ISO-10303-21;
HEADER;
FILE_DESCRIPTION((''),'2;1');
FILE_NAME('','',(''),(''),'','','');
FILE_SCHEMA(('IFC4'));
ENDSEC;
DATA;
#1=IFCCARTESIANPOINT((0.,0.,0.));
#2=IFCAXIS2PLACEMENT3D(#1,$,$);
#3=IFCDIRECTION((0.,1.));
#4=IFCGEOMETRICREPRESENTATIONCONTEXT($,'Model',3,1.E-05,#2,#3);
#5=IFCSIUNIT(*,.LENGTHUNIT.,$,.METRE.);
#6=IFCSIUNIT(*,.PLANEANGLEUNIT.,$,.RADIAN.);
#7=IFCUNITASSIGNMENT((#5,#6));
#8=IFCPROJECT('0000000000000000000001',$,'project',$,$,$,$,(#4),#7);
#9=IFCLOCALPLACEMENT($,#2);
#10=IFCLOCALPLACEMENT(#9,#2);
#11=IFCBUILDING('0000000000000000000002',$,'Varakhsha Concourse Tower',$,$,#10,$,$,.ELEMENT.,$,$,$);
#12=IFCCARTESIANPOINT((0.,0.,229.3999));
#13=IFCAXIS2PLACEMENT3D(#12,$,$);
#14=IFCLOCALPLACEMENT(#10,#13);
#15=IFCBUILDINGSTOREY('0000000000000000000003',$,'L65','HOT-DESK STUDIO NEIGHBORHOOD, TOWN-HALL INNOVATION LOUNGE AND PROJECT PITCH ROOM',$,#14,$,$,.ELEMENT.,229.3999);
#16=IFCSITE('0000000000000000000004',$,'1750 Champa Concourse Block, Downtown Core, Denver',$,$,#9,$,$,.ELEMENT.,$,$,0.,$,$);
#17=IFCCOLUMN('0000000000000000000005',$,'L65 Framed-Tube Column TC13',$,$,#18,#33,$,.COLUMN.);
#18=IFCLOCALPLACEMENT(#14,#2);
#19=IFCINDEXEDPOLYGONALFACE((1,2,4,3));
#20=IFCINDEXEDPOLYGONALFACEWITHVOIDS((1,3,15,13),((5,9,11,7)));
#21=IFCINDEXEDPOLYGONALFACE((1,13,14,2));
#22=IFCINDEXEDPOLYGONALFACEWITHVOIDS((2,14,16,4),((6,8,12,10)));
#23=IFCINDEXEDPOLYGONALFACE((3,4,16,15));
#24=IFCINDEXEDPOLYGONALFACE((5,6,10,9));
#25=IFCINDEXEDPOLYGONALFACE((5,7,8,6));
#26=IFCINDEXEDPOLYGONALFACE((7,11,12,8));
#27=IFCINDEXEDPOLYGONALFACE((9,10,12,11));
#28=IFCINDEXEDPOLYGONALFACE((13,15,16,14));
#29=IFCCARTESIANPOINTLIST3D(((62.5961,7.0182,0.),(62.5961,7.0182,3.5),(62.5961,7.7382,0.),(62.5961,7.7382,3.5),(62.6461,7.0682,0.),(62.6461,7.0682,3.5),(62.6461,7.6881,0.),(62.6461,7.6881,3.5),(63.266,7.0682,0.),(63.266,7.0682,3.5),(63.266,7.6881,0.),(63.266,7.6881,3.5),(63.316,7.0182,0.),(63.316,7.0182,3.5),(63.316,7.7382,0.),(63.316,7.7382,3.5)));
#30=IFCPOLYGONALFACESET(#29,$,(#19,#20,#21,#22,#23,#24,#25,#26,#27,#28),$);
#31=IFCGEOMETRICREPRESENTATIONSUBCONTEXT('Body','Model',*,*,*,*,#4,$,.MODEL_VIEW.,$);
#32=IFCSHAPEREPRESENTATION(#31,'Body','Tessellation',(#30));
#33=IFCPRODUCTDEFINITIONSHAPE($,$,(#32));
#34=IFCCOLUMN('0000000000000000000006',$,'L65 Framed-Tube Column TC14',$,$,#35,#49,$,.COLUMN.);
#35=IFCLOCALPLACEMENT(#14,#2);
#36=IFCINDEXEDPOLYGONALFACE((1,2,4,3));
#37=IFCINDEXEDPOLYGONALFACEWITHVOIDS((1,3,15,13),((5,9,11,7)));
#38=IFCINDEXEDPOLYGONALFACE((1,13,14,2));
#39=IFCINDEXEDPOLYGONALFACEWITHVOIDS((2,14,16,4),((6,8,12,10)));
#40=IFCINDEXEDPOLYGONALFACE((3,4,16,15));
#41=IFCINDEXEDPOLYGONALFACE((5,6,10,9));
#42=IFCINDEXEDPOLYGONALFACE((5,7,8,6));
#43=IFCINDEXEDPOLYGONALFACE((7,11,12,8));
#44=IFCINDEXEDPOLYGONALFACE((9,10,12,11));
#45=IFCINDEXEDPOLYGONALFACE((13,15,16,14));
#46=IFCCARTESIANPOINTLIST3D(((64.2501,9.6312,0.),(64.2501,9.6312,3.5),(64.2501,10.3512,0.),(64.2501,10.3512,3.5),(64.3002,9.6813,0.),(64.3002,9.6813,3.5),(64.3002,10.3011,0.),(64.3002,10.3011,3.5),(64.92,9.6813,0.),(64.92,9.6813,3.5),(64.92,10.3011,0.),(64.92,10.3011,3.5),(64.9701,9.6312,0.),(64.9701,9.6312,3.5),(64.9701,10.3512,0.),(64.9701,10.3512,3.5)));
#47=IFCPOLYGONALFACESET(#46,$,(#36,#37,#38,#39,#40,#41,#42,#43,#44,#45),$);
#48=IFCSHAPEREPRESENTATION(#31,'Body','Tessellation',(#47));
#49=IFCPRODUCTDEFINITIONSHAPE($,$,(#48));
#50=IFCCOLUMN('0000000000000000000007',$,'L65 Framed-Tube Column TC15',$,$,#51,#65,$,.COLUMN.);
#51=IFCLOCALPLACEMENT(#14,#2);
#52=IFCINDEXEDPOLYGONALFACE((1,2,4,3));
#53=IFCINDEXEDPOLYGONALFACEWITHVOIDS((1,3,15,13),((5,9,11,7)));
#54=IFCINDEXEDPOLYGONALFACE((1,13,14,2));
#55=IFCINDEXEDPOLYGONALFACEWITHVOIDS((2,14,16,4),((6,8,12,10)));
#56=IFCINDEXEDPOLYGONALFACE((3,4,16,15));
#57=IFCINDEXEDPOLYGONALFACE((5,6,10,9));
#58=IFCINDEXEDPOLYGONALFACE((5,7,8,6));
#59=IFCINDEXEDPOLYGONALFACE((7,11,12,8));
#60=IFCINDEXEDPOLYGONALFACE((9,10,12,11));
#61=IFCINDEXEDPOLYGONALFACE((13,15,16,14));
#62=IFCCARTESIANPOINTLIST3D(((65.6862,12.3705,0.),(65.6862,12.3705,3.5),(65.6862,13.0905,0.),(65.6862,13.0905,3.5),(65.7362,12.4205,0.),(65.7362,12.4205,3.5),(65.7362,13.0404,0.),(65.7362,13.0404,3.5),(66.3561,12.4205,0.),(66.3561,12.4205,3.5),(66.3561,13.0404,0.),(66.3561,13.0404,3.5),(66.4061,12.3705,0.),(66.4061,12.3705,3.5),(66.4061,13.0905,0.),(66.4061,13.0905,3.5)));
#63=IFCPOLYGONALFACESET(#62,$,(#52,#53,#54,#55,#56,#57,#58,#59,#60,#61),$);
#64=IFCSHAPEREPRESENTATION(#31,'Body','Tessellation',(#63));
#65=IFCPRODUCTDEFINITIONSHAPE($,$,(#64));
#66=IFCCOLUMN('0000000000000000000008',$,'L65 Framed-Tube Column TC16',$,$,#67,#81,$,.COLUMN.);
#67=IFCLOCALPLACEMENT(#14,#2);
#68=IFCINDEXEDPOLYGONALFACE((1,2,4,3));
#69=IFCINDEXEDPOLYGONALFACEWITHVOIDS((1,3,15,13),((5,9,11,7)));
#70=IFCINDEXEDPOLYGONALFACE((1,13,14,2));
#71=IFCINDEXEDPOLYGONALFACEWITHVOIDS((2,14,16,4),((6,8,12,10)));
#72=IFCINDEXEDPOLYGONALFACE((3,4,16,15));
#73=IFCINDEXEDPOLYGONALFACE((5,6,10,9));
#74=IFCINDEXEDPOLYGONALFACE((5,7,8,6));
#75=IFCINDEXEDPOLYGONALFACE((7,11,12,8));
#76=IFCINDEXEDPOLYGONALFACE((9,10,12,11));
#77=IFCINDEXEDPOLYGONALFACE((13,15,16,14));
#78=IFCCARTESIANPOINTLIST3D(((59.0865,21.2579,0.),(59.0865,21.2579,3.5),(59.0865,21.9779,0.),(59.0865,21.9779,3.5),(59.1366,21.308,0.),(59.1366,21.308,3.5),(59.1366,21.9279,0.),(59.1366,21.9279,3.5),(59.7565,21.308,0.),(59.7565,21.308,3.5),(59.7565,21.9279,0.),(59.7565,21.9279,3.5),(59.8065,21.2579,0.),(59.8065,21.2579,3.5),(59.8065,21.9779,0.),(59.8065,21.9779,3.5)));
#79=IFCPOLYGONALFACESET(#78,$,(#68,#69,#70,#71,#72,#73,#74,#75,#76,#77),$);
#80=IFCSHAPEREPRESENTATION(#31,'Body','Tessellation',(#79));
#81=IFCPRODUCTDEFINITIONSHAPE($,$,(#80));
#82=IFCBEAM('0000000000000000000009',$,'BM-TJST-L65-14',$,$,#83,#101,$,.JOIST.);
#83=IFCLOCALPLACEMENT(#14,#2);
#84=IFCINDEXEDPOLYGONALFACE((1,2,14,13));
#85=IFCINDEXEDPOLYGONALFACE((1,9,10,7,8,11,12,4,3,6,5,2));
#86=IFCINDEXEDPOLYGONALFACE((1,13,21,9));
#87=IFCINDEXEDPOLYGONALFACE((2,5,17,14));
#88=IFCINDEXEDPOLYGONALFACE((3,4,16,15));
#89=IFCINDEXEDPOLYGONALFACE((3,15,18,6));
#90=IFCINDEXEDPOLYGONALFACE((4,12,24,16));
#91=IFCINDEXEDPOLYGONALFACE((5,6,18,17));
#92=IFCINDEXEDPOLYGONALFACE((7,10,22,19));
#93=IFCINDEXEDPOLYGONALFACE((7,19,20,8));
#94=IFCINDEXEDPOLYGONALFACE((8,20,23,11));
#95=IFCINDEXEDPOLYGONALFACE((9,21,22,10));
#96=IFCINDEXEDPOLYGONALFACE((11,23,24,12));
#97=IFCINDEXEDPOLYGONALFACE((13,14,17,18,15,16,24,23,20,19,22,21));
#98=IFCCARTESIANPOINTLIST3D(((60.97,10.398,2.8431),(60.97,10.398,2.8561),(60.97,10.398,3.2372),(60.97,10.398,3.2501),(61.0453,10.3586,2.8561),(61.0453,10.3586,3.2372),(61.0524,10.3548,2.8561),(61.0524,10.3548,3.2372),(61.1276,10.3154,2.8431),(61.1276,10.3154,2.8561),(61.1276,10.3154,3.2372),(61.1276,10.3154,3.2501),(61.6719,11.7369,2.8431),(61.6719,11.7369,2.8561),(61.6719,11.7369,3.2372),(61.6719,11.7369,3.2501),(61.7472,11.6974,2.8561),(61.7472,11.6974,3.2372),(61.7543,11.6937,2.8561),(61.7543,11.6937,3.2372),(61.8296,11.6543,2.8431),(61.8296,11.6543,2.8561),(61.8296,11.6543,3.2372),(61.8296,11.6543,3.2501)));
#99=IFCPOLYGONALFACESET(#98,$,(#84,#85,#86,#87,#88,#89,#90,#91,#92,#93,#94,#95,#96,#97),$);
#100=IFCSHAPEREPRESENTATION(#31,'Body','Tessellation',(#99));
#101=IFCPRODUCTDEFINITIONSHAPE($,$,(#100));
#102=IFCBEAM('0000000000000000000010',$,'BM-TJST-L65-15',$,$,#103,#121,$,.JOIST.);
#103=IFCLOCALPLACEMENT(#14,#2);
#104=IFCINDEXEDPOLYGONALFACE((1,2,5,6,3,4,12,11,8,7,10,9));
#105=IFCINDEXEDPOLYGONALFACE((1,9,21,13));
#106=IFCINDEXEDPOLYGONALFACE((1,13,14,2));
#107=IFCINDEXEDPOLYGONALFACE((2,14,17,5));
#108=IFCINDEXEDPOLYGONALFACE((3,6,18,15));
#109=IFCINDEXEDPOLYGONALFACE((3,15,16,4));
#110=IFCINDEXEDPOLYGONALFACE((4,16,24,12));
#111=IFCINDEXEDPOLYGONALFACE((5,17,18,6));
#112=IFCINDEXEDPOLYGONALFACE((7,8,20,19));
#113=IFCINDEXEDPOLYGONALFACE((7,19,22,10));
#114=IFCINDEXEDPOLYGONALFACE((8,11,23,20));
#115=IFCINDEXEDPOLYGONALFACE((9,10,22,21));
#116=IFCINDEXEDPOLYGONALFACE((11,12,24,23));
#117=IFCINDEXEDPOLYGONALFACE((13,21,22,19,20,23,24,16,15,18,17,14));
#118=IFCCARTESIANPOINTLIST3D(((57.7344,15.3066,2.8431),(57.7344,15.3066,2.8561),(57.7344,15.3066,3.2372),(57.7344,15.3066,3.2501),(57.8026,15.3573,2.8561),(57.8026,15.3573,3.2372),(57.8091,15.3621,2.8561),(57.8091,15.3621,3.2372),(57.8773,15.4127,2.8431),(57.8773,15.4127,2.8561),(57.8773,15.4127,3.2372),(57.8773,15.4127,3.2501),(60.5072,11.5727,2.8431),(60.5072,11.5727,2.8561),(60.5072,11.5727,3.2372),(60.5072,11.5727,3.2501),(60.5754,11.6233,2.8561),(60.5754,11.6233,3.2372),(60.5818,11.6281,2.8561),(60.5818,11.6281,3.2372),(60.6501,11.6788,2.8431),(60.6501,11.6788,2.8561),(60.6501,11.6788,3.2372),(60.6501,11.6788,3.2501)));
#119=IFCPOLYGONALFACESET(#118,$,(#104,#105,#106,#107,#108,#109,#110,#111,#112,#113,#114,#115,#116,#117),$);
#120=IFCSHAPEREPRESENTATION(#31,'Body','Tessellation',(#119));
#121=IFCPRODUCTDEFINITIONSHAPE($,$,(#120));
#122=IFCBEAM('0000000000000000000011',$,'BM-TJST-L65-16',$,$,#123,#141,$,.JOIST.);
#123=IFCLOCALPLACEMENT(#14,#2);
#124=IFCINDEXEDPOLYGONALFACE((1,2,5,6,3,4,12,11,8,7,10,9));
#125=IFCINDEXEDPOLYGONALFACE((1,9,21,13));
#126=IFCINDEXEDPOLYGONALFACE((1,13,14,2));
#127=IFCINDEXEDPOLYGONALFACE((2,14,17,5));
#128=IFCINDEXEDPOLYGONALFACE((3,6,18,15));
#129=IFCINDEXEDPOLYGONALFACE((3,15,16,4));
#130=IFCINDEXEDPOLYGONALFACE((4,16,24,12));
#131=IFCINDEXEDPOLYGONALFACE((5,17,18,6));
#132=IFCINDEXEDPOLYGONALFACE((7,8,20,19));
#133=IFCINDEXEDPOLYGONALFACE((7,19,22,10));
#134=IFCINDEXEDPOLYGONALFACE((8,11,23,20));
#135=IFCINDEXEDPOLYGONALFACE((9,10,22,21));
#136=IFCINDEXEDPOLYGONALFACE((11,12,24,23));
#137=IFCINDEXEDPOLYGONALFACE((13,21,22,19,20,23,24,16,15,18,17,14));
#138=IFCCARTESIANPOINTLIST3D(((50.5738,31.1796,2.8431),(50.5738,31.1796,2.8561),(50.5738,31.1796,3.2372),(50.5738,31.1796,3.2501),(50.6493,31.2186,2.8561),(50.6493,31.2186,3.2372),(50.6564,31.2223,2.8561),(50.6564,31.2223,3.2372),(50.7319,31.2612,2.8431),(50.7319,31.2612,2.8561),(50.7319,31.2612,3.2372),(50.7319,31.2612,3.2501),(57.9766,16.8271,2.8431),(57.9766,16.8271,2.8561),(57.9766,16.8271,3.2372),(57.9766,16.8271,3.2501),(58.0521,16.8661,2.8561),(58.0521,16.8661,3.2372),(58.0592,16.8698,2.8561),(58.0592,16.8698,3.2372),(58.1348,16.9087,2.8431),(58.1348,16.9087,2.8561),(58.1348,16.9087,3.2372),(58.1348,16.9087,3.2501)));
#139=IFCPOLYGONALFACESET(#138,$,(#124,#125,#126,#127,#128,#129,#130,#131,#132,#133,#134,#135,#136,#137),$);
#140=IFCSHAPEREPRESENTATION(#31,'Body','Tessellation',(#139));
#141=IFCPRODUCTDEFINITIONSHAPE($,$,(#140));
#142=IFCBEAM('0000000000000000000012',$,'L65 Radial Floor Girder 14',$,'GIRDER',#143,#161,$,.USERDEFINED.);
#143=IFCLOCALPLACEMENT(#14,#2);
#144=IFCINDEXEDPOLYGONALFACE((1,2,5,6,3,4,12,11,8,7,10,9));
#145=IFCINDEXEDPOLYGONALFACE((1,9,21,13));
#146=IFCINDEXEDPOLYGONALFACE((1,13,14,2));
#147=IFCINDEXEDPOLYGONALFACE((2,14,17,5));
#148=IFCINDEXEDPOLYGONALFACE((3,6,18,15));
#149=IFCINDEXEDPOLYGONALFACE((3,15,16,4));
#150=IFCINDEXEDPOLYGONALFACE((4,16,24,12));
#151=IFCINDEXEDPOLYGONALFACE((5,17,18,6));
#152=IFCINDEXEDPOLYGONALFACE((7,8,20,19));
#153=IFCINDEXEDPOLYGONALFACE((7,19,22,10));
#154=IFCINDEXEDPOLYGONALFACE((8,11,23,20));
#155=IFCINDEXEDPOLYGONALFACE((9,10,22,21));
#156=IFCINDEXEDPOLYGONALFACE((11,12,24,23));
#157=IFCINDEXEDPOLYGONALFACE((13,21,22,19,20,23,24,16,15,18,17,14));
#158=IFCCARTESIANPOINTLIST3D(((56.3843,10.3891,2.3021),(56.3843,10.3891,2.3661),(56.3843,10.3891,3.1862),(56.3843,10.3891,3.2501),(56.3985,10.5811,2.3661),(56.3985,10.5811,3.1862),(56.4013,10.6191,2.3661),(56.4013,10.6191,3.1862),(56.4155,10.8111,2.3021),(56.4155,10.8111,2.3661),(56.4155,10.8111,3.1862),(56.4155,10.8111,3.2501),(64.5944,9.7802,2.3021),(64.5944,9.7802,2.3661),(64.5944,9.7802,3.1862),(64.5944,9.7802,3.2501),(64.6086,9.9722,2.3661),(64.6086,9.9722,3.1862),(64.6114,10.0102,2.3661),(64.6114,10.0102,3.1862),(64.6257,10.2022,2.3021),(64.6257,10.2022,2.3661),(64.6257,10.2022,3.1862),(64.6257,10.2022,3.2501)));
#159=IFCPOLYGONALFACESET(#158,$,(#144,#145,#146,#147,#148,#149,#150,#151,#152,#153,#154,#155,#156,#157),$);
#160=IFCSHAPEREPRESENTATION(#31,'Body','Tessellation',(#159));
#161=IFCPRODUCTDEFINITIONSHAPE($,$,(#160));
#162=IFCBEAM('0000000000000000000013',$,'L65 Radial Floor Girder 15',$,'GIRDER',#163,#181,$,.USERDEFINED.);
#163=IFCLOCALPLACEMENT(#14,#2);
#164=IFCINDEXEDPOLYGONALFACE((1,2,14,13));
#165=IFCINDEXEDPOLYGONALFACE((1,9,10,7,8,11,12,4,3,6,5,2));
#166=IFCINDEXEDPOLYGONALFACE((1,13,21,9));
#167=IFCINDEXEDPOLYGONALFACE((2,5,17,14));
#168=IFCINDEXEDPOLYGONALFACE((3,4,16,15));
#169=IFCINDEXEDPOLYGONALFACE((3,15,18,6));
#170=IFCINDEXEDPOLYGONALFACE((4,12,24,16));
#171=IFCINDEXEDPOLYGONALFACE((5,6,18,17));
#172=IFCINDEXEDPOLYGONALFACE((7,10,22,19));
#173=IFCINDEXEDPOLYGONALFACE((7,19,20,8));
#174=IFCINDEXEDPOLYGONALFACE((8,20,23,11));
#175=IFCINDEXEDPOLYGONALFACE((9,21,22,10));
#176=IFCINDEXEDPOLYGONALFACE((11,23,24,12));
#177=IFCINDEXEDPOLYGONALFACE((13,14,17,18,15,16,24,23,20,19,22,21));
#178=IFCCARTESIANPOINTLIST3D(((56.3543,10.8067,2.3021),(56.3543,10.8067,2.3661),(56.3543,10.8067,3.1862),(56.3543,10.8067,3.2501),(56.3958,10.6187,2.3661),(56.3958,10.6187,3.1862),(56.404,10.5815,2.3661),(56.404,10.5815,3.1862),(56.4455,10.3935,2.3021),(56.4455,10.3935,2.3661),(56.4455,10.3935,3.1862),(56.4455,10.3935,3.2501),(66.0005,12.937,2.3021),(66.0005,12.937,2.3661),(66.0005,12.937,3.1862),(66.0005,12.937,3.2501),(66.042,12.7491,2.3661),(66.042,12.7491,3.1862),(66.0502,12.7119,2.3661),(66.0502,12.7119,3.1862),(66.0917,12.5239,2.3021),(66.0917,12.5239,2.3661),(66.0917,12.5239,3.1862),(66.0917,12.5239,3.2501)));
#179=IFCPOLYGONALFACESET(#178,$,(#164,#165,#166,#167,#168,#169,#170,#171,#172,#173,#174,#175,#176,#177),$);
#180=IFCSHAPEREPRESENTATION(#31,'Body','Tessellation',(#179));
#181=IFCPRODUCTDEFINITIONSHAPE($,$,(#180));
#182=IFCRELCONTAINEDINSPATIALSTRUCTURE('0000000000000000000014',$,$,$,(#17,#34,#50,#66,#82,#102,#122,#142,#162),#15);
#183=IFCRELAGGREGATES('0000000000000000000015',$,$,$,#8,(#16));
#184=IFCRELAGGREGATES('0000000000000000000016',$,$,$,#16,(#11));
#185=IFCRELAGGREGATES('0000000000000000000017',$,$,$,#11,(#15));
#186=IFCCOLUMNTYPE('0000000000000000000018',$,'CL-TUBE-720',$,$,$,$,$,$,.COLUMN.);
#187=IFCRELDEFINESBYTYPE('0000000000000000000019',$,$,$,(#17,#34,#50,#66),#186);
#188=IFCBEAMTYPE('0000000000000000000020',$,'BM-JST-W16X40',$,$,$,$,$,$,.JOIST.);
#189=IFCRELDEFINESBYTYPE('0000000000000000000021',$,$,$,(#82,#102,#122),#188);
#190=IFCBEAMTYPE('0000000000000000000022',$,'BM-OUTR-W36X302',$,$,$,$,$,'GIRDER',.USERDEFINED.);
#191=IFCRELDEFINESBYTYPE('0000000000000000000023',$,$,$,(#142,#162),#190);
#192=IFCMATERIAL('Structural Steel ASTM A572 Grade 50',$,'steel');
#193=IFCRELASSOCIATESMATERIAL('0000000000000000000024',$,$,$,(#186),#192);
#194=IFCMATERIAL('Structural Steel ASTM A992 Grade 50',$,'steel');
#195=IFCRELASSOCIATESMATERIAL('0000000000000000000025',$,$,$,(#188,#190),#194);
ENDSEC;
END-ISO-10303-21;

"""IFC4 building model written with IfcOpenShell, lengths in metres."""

from ifc_helpers import new_model, si_unit, direction, frame, origin, origin_2d, place, context, subcontext, project, spatial, hollow_rectangle, i_section, extrude, material, material_profile, profile_set, type_object, element, save


model = new_model("IFC4")

# Units and contexts
model_context = context("Model", 3, precision=1e-05, world=origin(), true_north=direction((0.0, 1.0)))
body_context = subcontext(model_context, "Body", "Model", "MODEL_VIEW")
ifc_project = project(units=[si_unit("LENGTHUNIT", "METRE"), si_unit("PLANEANGLEUNIT", "RADIAN")], contexts=[model_context])

# Site, building, storey
site_placement = place(None, origin())
site = spatial("IfcSite", under=ifc_project, at=site_placement, Name="1750 Champa Concourse Block, Downtown Core, Denver", CompositionType="ELEMENT", RefElevation=0.0)
building_placement = place(site_placement, origin())
building = spatial("IfcBuilding", under=site, at=building_placement, Name="Varakhsha Concourse Tower", CompositionType="ELEMENT")
storey_placement = place(building_placement, frame((0.0, 0.0, 229.3999)))
storey = spatial("IfcBuildingStorey", under=building, at=storey_placement, Name="L65", Description="HOT-DESK STUDIO NEIGHBORHOOD, TOWN-HALL INNOVATION LOUNGE AND PROJECT PITCH ROOM", CompositionType="ELEMENT", Elevation=229.3999)

# Columns
ifc_material_1 = material(Name="Structural Steel ASTM A572 Grade 50", Category="steel")
ifc_material_profile_1 = material_profile(ifc_material_1, hollow_rectangle(XDim=0.72, YDim=0.72, WallThickness=0.05, at=origin_2d()), Name="BOX 720x720x50")
ifc_profile_set_1 = profile_set([ifc_material_profile_1], Name="Structural Steel ASTM A572 Grade 50")
column_type = type_object("IfcColumnType", Name="CL-TUBE-720", PredefinedType="COLUMN", material=ifc_profile_set_1)
for number, where, z_axis, x_axis, name in (
    (1, (62.9561, 7.3782, 0.0), (0.0, 0.0, 1.0), (1.0, 0.0, 0.0), "L65 Framed-Tube Column TC13"),
    (2, (64.6101, 9.9912, 0.0), (0.0, 0.0, 1.0), (1.0, 0.0, 0.0), "L65 Framed-Tube Column TC14"),
    (3, (66.0461, 12.7305, 0.0), (0.0, 0.0, 1.0), (1.0, 0.0, 0.0), "L65 Framed-Tube Column TC15"),
    (4, (59.4465, 21.6179, 0.0), (0.0, 0.0, 1.0), (1.0, 0.0, 0.0), "L65 Framed-Tube Column TC16"),
):
    element("IfcColumn", number, at=place(storey_placement, frame(where, z_axis=z_axis, x_axis=x_axis)), inside=storey, type_object=column_type, Name=name, PredefinedType="COLUMN", context=body_context, shape_type="SweptSolid", body=[
        extrude(hollow_rectangle(XDim=0.72, YDim=0.72, WallThickness=0.05, at=origin_2d()), origin(), (0.0, 0.0, 1.0), 3.5),
    ])

# Beams
ifc_material_2 = material(Name="Structural Steel ASTM A992 Grade 50", Category="steel")
ifc_material_profile_2 = material_profile(ifc_material_2, i_section(OverallWidth=0.178, OverallDepth=0.407, WebThickness=0.0081, FlangeThickness=0.0129, at=origin_2d()), Name="W16X40")
ifc_profile_set_2 = profile_set([ifc_material_profile_2], Name="Structural Steel ASTM A992 Grade 50")
beam_type_1 = type_object("IfcBeamType", Name="BM-JST-W16X40", PredefinedType="JOIST", material=ifc_profile_set_2)
beam_1_placement = place(storey_placement, frame((61.0488, 10.3567, 3.0466), z_axis=(0.464315, 0.88567, 0.0), x_axis=(-0.88567, 0.464315, 0.0)))
element("IfcBeam", 5, at=beam_1_placement, inside=storey, type_object=beam_type_1, Name="BM-TJST-L65-14", PredefinedType="JOIST", context=body_context, shape_type="SweptSolid", body=[
    extrude(i_section(OverallWidth=0.178, OverallDepth=0.407, WebThickness=0.0081, FlangeThickness=0.0129, at=origin_2d()), origin(), (0.0, 0.0, 1.0), 1.5117),
])
beam_2_placement = place(storey_placement, frame((60.5786, 11.6257, 3.0466), z_axis=(-0.59618, 0.802851, 0.0), x_axis=(-0.802851, -0.59618, 0.0)))
element("IfcBeam", 6, at=beam_2_placement, inside=storey, type_object=beam_type_1, Name="BM-TJST-L65-15", PredefinedType="JOIST", context=body_context, shape_type="SweptSolid", body=[
    extrude(i_section(OverallWidth=0.178, OverallDepth=0.407, WebThickness=0.0081, FlangeThickness=0.0129, at=origin_2d()), origin(), (0.0, 0.0, 1.0), 4.6509),
])
beam_3_placement = place(storey_placement, frame((58.0557, 16.8679, 3.0466), z_axis=(-0.458402, 0.888745, 0.0), x_axis=(-0.888745, -0.458402, 0.0)))
element("IfcBeam", 7, at=beam_3_placement, inside=storey, type_object=beam_type_1, Name="BM-TJST-L65-16", PredefinedType="JOIST", context=body_context, shape_type="SweptSolid", body=[
    extrude(i_section(OverallWidth=0.178, OverallDepth=0.407, WebThickness=0.0081, FlangeThickness=0.0129, at=origin_2d()), origin(), (0.0, 0.0, 1.0), 16.1492),
])
ifc_material_profile_3 = material_profile(ifc_material_2, i_section(OverallWidth=0.4231, OverallDepth=0.948, WebThickness=0.0381, FlangeThickness=0.064, at=origin_2d()), Name="W36X302")
ifc_profile_set_3 = profile_set([ifc_material_profile_3], Name="Structural Steel ASTM A992 Grade 50")
beam_type_2 = type_object("IfcBeamType", Name="BM-OUTR-W36X302", ElementType="GIRDER", PredefinedType="USERDEFINED", material=ifc_profile_set_3)
beam_4_placement = place(storey_placement, frame((56.3999, 10.6001, 2.7761), z_axis=(0.997261, -0.073959, 0.0), x_axis=(0.073959, 0.997261, 0.0)))
element("IfcBeam", 8, at=beam_4_placement, inside=storey, type_object=beam_type_2, Name="L65 Radial Floor Girder 14", ObjectType="GIRDER", PredefinedType="USERDEFINED", context=body_context, shape_type="SweptSolid", body=[
    extrude(i_section(OverallWidth=0.4231, OverallDepth=0.948, WebThickness=0.0381, FlangeThickness=0.064, at=origin_2d()), origin(), (0.0, 0.0, 1.0), 8.2327),
])
beam_5_placement = place(storey_placement, frame((56.3999, 10.6001, 2.7761), z_axis=(0.97647, 0.215653, 0.0), x_axis=(-0.215653, 0.97647, 0.0)))
element("IfcBeam", 9, at=beam_5_placement, inside=storey, type_object=beam_type_2, Name="L65 Radial Floor Girder 15", ObjectType="GIRDER", PredefinedType="USERDEFINED", context=body_context, shape_type="SweptSolid", body=[
    extrude(i_section(OverallWidth=0.4231, OverallDepth=0.948, WebThickness=0.0381, FlangeThickness=0.064, at=origin_2d()), origin(), (0.0, 0.0, 1.0), 9.8787),
])

save(model, "model.ifc")
